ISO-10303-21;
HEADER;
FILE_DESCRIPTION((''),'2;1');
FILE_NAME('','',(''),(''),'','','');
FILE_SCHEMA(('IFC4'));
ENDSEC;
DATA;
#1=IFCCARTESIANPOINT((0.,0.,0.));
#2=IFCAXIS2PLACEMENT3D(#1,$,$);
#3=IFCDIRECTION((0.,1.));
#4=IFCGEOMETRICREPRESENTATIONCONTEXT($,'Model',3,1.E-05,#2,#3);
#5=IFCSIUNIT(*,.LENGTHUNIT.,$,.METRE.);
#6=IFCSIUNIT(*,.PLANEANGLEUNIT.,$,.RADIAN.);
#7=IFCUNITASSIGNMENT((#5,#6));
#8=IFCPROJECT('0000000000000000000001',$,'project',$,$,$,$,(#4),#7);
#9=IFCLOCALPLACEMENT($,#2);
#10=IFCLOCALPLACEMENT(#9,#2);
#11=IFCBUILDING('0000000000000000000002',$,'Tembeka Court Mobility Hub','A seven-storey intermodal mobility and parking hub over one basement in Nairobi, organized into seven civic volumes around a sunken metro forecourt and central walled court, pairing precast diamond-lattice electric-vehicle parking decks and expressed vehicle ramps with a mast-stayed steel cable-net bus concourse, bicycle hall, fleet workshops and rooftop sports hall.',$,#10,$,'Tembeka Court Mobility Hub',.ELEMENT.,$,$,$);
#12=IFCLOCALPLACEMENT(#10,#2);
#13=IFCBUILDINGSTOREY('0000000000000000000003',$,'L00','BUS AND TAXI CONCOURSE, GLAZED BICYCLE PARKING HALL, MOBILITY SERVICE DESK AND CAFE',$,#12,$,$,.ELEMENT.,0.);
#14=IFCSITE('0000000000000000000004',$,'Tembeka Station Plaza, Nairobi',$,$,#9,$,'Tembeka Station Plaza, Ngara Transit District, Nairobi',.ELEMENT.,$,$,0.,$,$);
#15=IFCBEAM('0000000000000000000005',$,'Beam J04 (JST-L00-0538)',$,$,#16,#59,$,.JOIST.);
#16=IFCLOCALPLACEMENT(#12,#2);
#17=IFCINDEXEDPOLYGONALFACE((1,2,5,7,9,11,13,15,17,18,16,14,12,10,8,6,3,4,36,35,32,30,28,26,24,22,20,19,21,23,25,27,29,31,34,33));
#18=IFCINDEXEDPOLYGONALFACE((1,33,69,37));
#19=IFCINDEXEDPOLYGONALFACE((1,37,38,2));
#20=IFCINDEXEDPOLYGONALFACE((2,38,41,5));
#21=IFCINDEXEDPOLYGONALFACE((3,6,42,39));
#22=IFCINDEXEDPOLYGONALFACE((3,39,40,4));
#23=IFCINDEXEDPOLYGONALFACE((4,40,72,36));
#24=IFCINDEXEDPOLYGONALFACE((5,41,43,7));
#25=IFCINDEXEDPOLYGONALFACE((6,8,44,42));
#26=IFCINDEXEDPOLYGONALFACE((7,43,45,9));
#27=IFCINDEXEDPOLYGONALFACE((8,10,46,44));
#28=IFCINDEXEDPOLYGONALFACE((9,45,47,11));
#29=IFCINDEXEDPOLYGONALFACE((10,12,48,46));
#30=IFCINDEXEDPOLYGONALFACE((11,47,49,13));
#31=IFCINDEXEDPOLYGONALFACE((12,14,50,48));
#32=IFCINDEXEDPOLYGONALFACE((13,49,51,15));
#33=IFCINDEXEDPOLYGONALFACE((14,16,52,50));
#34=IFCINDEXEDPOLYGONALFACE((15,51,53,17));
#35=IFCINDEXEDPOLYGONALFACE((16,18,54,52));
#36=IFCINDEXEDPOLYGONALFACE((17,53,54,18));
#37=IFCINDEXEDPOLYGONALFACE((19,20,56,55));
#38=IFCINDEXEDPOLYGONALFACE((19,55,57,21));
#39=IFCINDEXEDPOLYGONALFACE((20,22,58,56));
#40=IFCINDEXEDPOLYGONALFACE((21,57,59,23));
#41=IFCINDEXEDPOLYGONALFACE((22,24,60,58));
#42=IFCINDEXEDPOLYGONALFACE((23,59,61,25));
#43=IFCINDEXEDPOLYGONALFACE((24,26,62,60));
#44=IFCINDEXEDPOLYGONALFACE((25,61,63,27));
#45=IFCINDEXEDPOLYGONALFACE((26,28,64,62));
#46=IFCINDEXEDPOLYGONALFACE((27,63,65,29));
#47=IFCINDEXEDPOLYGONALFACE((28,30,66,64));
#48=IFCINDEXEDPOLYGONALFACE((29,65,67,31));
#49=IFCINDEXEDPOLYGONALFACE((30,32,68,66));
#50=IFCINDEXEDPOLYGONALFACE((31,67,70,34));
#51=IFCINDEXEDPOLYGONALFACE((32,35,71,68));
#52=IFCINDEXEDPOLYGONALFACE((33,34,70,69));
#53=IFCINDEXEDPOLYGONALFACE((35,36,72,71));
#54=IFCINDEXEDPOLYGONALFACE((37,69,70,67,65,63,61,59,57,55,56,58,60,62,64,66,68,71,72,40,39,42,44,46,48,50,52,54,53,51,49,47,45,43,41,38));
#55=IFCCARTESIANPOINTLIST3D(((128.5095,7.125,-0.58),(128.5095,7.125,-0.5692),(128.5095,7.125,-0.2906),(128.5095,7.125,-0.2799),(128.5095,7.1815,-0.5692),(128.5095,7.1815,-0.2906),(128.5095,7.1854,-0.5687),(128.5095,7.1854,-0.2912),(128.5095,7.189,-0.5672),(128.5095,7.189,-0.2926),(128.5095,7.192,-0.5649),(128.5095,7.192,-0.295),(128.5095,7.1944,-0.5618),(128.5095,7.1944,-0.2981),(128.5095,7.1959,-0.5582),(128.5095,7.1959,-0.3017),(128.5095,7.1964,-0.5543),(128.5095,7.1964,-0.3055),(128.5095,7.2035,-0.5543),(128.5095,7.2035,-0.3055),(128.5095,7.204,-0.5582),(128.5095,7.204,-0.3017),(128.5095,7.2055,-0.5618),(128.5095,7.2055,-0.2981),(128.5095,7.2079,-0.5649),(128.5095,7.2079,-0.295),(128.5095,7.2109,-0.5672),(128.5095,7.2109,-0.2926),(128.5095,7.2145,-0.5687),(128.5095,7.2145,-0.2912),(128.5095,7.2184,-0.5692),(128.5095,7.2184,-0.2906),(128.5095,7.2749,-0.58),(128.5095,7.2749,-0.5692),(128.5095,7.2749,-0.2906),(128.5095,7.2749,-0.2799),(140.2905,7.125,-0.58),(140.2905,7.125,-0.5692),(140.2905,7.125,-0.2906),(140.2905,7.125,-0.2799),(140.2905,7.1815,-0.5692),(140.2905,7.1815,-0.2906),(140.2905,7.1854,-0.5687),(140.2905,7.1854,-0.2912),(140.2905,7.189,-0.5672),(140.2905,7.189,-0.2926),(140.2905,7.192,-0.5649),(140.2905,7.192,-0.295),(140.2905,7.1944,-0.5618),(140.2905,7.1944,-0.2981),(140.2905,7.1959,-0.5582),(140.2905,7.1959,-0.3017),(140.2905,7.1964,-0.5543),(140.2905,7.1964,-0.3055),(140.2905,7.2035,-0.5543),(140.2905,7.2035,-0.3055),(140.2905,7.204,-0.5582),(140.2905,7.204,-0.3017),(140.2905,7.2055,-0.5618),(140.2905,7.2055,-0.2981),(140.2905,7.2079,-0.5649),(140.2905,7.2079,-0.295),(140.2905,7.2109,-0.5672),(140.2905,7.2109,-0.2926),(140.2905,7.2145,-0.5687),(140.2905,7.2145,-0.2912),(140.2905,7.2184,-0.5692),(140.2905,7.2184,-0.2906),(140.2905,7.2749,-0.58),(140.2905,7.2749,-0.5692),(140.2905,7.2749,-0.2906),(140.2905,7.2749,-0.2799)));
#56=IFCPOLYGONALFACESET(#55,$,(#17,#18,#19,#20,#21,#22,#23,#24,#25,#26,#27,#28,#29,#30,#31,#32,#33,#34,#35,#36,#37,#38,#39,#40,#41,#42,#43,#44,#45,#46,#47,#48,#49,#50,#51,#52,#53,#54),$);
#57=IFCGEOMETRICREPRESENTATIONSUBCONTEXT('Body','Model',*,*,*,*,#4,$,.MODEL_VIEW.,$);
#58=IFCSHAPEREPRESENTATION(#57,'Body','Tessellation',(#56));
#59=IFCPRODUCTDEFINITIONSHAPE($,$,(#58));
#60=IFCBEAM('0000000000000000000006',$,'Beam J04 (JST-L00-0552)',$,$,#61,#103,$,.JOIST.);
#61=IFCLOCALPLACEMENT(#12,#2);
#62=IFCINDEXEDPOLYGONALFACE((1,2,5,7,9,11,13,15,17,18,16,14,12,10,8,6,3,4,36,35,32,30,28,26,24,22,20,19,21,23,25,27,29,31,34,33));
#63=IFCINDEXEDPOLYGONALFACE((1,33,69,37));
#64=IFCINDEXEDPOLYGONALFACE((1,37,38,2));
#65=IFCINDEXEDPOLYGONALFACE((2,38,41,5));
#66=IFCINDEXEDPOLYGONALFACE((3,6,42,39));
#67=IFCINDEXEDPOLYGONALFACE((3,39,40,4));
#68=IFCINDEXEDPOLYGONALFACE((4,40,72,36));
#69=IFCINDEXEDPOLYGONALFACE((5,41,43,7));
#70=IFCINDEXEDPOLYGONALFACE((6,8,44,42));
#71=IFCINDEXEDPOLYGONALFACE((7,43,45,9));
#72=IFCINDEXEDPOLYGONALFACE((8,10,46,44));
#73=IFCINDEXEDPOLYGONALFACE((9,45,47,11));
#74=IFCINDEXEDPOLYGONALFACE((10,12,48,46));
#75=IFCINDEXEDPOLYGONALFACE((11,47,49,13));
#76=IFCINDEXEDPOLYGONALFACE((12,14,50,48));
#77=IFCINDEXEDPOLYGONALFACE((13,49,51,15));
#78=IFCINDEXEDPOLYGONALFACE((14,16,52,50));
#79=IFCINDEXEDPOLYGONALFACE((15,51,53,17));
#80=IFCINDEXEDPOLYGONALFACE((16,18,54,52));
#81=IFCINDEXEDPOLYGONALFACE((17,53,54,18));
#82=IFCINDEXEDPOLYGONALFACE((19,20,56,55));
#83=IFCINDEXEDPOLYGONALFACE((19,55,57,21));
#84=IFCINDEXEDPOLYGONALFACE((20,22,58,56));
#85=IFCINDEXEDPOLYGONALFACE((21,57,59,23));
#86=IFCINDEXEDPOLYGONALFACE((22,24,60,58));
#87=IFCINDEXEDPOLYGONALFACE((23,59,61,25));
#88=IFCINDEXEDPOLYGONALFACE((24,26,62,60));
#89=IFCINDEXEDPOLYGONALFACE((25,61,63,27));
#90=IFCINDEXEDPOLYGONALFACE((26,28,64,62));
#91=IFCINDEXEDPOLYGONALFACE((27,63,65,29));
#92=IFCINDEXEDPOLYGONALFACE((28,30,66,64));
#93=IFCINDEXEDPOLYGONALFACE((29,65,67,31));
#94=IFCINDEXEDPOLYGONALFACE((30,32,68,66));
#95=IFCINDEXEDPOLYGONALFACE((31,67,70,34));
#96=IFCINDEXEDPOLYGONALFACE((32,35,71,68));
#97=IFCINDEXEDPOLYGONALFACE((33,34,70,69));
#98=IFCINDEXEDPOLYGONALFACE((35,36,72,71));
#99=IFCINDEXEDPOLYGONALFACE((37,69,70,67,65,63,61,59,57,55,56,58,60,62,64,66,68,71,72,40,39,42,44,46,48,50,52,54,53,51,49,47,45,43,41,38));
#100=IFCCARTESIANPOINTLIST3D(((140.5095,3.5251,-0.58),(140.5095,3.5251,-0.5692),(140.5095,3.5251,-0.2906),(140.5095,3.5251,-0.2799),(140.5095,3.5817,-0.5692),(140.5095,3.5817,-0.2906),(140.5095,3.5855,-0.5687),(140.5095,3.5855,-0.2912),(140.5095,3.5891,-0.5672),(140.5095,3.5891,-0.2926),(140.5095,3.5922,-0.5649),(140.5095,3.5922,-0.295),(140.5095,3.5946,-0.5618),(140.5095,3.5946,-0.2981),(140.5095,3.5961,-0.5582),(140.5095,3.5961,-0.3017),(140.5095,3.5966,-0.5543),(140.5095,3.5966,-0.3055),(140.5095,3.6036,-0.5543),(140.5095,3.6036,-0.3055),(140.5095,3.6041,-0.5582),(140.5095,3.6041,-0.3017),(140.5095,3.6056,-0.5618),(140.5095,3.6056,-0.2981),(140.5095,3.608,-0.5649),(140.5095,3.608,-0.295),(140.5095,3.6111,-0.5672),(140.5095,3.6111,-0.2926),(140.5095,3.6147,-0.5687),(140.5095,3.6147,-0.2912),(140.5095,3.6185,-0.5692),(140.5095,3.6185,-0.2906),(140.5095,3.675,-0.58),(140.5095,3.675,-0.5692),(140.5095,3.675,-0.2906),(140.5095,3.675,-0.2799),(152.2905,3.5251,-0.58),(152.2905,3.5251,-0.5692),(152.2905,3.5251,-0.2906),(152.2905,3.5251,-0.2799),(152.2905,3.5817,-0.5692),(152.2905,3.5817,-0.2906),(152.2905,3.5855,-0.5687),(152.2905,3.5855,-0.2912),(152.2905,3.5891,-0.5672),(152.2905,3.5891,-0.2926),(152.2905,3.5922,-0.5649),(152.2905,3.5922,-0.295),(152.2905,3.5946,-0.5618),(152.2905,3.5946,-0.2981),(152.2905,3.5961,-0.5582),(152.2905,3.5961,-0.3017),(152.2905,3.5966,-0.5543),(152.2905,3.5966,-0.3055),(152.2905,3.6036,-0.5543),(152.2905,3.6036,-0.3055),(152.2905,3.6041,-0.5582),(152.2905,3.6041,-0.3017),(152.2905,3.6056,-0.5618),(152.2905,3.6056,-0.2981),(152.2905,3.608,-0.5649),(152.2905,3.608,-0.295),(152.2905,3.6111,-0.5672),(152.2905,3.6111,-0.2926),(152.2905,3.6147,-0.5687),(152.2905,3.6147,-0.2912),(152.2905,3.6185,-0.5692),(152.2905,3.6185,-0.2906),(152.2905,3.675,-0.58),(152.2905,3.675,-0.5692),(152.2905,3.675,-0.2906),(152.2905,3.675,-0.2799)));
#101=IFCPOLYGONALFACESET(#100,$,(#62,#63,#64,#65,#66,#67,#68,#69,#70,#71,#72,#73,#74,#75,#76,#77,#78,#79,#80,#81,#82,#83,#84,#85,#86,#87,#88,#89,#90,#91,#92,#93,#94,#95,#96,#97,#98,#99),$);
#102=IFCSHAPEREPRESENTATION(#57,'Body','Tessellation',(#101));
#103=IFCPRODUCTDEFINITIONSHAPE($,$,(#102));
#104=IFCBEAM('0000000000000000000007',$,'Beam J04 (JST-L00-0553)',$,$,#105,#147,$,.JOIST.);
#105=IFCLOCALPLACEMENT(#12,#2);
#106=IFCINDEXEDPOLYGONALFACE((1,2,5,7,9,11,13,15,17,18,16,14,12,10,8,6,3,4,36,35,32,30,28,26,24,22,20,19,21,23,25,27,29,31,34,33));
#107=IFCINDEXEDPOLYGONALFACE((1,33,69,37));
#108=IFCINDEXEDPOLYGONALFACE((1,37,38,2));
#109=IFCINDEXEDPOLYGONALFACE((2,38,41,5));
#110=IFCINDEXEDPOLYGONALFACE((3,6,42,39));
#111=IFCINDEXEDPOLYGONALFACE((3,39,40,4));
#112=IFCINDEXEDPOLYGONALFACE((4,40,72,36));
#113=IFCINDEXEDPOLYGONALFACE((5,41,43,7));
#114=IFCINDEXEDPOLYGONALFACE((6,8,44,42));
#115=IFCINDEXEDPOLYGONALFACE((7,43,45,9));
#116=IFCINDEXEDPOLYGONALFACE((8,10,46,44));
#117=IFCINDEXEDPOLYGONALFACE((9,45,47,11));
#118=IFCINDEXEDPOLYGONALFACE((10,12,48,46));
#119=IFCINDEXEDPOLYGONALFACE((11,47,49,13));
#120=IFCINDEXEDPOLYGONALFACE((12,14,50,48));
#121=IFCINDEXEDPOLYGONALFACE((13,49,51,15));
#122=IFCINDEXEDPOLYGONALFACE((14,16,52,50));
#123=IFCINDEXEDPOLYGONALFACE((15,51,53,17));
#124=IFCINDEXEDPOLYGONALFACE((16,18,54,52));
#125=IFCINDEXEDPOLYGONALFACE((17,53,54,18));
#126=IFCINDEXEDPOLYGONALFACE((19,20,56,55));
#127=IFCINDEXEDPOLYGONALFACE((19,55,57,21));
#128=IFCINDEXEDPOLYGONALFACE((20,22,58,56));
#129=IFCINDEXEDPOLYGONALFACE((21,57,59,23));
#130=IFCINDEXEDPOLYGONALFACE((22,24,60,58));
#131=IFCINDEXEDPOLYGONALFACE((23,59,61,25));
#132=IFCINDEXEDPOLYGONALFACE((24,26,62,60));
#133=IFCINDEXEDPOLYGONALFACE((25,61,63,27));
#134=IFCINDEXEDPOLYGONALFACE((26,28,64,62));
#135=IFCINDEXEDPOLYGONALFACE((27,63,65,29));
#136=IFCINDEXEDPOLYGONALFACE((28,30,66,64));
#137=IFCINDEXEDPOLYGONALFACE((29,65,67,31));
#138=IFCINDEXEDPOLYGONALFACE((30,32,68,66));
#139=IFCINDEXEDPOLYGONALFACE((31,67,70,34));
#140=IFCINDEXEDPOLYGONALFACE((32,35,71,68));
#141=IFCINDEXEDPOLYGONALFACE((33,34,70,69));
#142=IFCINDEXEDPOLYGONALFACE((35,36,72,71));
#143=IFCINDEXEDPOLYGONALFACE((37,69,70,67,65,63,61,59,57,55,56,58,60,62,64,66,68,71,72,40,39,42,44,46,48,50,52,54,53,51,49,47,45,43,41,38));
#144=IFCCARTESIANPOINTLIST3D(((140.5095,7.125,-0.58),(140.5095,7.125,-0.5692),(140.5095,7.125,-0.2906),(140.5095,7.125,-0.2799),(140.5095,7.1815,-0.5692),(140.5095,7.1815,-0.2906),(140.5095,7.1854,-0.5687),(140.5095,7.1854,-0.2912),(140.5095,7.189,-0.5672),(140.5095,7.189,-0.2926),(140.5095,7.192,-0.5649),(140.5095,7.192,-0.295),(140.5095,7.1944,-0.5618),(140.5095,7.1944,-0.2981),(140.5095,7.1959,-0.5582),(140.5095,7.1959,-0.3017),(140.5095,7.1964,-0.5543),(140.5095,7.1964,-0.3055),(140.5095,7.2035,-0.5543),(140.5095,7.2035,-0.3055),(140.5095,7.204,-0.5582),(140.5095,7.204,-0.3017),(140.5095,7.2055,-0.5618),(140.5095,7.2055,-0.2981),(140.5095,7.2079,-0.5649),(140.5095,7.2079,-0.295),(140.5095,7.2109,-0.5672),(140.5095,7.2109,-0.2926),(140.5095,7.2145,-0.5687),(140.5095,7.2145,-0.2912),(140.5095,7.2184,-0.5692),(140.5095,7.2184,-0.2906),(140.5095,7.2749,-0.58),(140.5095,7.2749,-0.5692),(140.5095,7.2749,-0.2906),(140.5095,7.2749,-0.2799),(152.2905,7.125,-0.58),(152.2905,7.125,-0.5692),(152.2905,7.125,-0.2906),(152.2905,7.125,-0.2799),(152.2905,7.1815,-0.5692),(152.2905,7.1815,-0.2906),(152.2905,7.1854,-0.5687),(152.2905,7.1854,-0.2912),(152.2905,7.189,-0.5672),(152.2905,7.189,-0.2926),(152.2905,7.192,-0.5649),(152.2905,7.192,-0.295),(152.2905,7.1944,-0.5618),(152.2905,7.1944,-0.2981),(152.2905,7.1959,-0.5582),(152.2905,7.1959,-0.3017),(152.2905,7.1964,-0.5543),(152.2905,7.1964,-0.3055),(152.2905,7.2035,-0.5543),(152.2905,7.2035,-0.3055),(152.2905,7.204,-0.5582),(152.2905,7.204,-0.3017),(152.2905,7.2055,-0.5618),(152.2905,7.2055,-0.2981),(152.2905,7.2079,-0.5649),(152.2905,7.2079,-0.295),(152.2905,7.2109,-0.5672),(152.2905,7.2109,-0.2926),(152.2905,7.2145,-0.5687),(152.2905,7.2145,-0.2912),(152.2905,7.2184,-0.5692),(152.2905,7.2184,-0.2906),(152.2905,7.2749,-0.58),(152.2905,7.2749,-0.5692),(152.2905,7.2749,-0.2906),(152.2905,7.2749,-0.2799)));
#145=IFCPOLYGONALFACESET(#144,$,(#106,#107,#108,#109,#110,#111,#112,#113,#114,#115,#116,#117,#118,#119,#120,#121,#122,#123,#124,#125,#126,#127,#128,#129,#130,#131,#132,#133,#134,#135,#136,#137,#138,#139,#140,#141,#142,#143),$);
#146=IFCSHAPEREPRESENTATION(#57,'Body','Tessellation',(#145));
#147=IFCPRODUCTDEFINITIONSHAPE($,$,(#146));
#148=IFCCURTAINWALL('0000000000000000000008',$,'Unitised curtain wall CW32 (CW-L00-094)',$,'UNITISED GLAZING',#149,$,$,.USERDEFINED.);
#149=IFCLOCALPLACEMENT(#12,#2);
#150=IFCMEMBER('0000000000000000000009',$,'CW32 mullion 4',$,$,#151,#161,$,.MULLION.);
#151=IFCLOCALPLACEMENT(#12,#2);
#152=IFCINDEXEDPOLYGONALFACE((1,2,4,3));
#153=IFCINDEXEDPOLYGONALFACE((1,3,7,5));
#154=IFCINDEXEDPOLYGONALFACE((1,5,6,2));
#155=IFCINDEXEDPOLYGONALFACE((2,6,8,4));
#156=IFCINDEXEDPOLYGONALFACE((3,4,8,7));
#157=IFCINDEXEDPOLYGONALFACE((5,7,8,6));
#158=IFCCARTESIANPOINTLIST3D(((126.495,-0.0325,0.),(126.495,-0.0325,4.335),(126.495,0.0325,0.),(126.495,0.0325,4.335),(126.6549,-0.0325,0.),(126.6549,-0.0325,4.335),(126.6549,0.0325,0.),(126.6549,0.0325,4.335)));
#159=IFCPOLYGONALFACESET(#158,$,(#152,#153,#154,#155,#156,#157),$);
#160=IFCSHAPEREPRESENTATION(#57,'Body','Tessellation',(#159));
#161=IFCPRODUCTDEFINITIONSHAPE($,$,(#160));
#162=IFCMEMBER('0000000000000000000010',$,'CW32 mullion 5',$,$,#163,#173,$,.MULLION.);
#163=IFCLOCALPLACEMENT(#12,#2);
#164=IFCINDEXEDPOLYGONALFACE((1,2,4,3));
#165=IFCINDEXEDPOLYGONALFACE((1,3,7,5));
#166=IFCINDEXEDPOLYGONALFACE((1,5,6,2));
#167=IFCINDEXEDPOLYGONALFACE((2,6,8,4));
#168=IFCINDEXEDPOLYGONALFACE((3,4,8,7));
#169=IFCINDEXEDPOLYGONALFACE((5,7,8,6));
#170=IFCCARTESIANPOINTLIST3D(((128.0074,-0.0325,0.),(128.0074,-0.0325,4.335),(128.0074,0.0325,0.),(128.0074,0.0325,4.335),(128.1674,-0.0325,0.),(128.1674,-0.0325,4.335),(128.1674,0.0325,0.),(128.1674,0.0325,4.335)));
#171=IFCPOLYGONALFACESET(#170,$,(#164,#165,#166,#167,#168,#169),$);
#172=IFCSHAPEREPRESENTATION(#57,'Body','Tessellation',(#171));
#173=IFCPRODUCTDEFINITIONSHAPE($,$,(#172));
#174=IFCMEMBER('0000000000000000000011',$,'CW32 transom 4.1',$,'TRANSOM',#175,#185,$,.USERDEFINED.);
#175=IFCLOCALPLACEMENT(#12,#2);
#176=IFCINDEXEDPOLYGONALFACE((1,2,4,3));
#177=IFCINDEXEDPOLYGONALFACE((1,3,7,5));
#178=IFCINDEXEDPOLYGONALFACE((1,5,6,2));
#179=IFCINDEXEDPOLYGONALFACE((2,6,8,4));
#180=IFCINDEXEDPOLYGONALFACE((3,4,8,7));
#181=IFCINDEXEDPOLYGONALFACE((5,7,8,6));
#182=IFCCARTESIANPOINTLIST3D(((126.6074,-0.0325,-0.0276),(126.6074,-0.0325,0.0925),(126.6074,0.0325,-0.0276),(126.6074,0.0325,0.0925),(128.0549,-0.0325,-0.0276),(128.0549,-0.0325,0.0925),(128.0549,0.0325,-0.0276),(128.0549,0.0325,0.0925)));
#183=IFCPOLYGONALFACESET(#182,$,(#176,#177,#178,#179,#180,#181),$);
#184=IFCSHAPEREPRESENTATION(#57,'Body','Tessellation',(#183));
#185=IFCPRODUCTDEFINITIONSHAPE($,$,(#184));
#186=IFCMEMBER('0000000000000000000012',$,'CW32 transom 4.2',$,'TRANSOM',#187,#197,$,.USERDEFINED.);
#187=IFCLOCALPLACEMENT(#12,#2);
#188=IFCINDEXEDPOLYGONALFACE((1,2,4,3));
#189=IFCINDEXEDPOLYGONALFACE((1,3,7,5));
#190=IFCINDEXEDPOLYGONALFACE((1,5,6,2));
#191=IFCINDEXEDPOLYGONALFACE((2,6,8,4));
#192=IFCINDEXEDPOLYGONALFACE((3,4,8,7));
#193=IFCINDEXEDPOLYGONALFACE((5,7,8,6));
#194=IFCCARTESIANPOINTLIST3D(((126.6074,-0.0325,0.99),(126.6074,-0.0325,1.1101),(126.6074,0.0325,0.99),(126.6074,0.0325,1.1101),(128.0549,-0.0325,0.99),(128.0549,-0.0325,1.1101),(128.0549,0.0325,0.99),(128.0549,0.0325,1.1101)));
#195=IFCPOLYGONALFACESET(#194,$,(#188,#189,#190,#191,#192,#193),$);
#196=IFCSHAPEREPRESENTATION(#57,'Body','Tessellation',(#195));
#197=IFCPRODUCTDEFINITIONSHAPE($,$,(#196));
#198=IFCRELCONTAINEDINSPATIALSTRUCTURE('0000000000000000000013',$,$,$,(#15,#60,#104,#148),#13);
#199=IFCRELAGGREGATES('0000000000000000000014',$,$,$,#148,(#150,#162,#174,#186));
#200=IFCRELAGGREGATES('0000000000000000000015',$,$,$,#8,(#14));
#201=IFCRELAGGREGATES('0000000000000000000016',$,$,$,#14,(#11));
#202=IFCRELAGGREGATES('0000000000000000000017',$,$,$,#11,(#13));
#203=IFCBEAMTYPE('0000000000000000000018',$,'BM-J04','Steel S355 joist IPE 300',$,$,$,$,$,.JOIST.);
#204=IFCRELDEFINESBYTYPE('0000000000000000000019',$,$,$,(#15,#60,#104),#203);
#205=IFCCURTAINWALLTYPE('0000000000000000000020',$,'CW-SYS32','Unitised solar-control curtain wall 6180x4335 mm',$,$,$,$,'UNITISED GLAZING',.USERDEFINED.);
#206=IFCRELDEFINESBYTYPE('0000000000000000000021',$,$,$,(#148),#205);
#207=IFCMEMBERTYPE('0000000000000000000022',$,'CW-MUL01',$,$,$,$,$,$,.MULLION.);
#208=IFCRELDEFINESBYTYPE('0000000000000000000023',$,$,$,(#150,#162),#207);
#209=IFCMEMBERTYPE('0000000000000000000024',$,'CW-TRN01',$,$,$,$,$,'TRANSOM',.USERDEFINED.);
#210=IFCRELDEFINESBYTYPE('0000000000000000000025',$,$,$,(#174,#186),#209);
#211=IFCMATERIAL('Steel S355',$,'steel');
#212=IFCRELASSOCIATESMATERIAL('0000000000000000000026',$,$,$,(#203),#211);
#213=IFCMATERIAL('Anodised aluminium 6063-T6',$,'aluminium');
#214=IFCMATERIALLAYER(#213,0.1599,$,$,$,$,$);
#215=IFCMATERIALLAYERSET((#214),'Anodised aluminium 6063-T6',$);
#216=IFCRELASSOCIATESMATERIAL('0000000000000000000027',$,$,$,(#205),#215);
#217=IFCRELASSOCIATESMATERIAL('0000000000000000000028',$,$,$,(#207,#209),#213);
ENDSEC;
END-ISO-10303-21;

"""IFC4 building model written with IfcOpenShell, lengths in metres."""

from ifc_helpers import new_model, si_unit, direction, frame, origin, origin_2d, place, context, subcontext, project, spatial, rectangle, i_section, extrude, material, layer, layer_set, material_profile, profile_set, type_object, element, aggregate, save


model = new_model("IFC4")

# Units and contexts
model_context = context("Model", 3, precision=1e-05, world=origin(), true_north=direction((0.0, 1.0)))
body_context = subcontext(model_context, "Body", "Model", "MODEL_VIEW")
ifc_project = project(units=[si_unit("LENGTHUNIT", "METRE"), si_unit("PLANEANGLEUNIT", "RADIAN")], contexts=[model_context])

# Site, building, storey
site_placement = place(None, origin())
site = spatial("IfcSite", under=ifc_project, at=site_placement, Name="Tembeka Station Plaza, Nairobi", LongName="Tembeka Station Plaza, Ngara Transit District, Nairobi", CompositionType="ELEMENT", RefElevation=0.0)
building_placement = place(site_placement, origin())
building = spatial("IfcBuilding", under=site, at=building_placement, Name="Tembeka Court Mobility Hub", Description="A seven-storey intermodal mobility and parking hub over one basement in Nairobi, organized into seven civic volumes around a sunken metro forecourt and central walled court, pairing precast diamond-lattice electric-vehicle parking decks and expressed vehicle ramps with a mast-stayed steel cable-net bus concourse, bicycle hall, fleet workshops and rooftop sports hall.", LongName="Tembeka Court Mobility Hub", CompositionType="ELEMENT")
storey_placement = place(building_placement, origin())
storey = spatial("IfcBuildingStorey", under=building, at=storey_placement, Name="L00", Description="BUS AND TAXI CONCOURSE, GLAZED BICYCLE PARKING HALL, MOBILITY SERVICE DESK AND CAFE", CompositionType="ELEMENT", Elevation=0.0)

# Shared definitions
ifc_material_1 = material(Name="Steel S355", Category="steel")

# Beams
ifc_material_profile_1 = material_profile(ifc_material_1, i_section(OverallWidth=0.1499, OverallDepth=0.3, WebThickness=0.0071, FlangeThickness=0.0107, FilletRadius=0.0149, at=origin_2d()), Name="IPE 300")
ifc_profile_set_1 = profile_set([ifc_material_profile_1], Name="Steel S355")
beam_type_1 = type_object("IfcBeamType", Name="BM-J04", Description="Steel S355 joist IPE 300", PredefinedType="JOIST", material=ifc_profile_set_1)
for number, where, z_axis, x_axis, name in (
    (1, (128.5095, 7.2, -0.4299), (1.0, 0.0, 0.0), (0.0, 1.0, 0.0), "Beam J04 (JST-L00-0538)"),
    (2, (140.5095, 3.6001, -0.4299), (1.0, 0.0, 0.0), (0.0, 1.0, 0.0), "Beam J04 (JST-L00-0552)"),
    (3, (140.5095, 7.2, -0.4299), (1.0, 0.0, 0.0), (0.0, 1.0, 0.0), "Beam J04 (JST-L00-0553)"),
):
    element("IfcBeam", number, at=place(storey_placement, frame(where, z_axis=z_axis, x_axis=x_axis)), inside=storey, type_object=beam_type_1, Name=name, PredefinedType="JOIST", context=body_context, shape_type="SweptSolid", body=[
        extrude(i_section(OverallWidth=0.1499, OverallDepth=0.3, WebThickness=0.0071, FlangeThickness=0.0107, FilletRadius=0.0149, at=origin_2d()), origin(), (0.0, 0.0, 1.0), 11.781),
    ])

# Curtain wall, members
ifc_material_2 = material(Name="Anodised aluminium 6063-T6", Category="aluminium")
ifc_layer_1 = layer(ifc_material_2, 0.1599)
ifc_layer_set_1 = layer_set([ifc_layer_1], Name="Anodised aluminium 6063-T6")
curtain_wall_type = type_object("IfcCurtainWallType", Name="CW-SYS32", Description="Unitised solar-control curtain wall 6180x4335 mm", ElementType="UNITISED GLAZING", PredefinedType="USERDEFINED", material=ifc_layer_set_1)
curtain_wall_placement = place(storey_placement, origin())
curtain_wall = element("IfcCurtainWall", 4, at=curtain_wall_placement, inside=storey, type_object=curtain_wall_type, Name="Unitised curtain wall CW32 (CW-L00-094)", ObjectType="UNITISED GLAZING", PredefinedType="USERDEFINED")
ifc_material_profile_2 = material_profile(ifc_material_2, rectangle(XDim=0.0649, YDim=0.1599, at=origin_2d()), Name="ALU-MUL 65x160")
ifc_profile_set_2 = profile_set([ifc_material_profile_2], Name="Anodised aluminium 6063-T6")
member_type_1 = type_object("IfcMemberType", Name="CW-MUL01", PredefinedType="MULLION", material=ifc_profile_set_2)
member_1_placement = place(storey_placement, frame((126.575, 0.0, 0.0), z_axis=(0.0, 0.0, 1.0), x_axis=(0.0, 1.0, 0.0)))
member_1 = element("IfcMember", 5, at=member_1_placement, type_object=member_type_1, Name="CW32 mullion 4", PredefinedType="MULLION", context=body_context, shape_type="SweptSolid", body=[
    extrude(rectangle(XDim=0.0649, YDim=0.1599, at=origin_2d()), origin(), (0.0, 0.0, 1.0), 4.335),
])
member_2_placement = place(storey_placement, frame((128.0874, 0.0, 0.0), z_axis=(0.0, 0.0, 1.0), x_axis=(0.0, 1.0, 0.0)))
member_2 = element("IfcMember", 6, at=member_2_placement, type_object=member_type_1, Name="CW32 mullion 5", PredefinedType="MULLION", context=body_context, shape_type="SweptSolid", body=[
    extrude(rectangle(XDim=0.0649, YDim=0.1599, at=origin_2d()), origin(), (0.0, 0.0, 1.0), 4.335),
])
ifc_material_profile_3 = material_profile(ifc_material_2, rectangle(XDim=0.0649, YDim=0.1201, at=origin_2d()), Name="ALU-TRN 65x120")
ifc_profile_set_3 = profile_set([ifc_material_profile_3], Name="Anodised aluminium 6063-T6")
member_type_2 = type_object("IfcMemberType", Name="CW-TRN01", ElementType="TRANSOM", PredefinedType="USERDEFINED", material=ifc_profile_set_3)
member_3_placement = place(storey_placement, frame((126.6074, 0.0, 0.0325), z_axis=(1.0, 0.0, 0.0), x_axis=(0.0, 1.0, 0.0)))
member_3 = element("IfcMember", 7, at=member_3_placement, type_object=member_type_2, Name="CW32 transom 4.1", ObjectType="TRANSOM", PredefinedType="USERDEFINED", context=body_context, shape_type="SweptSolid", body=[
    extrude(rectangle(XDim=0.0649, YDim=0.1201, at=origin_2d()), origin(), (0.0, 0.0, 1.0), 1.4475),
])
member_4_placement = place(storey_placement, frame((126.6074, 0.0, 1.05), z_axis=(1.0, 0.0, 0.0), x_axis=(0.0, 1.0, 0.0)))
member_4 = element("IfcMember", 8, at=member_4_placement, type_object=member_type_2, Name="CW32 transom 4.2", ObjectType="TRANSOM", PredefinedType="USERDEFINED", context=body_context, shape_type="SweptSolid", body=[
    extrude(rectangle(XDim=0.0649, YDim=0.1201, at=origin_2d()), origin(), (0.0, 0.0, 1.0), 1.4475),
])
aggregate(curtain_wall, [member_1, member_2, member_3, member_4])

save(model, "model.ifc")
